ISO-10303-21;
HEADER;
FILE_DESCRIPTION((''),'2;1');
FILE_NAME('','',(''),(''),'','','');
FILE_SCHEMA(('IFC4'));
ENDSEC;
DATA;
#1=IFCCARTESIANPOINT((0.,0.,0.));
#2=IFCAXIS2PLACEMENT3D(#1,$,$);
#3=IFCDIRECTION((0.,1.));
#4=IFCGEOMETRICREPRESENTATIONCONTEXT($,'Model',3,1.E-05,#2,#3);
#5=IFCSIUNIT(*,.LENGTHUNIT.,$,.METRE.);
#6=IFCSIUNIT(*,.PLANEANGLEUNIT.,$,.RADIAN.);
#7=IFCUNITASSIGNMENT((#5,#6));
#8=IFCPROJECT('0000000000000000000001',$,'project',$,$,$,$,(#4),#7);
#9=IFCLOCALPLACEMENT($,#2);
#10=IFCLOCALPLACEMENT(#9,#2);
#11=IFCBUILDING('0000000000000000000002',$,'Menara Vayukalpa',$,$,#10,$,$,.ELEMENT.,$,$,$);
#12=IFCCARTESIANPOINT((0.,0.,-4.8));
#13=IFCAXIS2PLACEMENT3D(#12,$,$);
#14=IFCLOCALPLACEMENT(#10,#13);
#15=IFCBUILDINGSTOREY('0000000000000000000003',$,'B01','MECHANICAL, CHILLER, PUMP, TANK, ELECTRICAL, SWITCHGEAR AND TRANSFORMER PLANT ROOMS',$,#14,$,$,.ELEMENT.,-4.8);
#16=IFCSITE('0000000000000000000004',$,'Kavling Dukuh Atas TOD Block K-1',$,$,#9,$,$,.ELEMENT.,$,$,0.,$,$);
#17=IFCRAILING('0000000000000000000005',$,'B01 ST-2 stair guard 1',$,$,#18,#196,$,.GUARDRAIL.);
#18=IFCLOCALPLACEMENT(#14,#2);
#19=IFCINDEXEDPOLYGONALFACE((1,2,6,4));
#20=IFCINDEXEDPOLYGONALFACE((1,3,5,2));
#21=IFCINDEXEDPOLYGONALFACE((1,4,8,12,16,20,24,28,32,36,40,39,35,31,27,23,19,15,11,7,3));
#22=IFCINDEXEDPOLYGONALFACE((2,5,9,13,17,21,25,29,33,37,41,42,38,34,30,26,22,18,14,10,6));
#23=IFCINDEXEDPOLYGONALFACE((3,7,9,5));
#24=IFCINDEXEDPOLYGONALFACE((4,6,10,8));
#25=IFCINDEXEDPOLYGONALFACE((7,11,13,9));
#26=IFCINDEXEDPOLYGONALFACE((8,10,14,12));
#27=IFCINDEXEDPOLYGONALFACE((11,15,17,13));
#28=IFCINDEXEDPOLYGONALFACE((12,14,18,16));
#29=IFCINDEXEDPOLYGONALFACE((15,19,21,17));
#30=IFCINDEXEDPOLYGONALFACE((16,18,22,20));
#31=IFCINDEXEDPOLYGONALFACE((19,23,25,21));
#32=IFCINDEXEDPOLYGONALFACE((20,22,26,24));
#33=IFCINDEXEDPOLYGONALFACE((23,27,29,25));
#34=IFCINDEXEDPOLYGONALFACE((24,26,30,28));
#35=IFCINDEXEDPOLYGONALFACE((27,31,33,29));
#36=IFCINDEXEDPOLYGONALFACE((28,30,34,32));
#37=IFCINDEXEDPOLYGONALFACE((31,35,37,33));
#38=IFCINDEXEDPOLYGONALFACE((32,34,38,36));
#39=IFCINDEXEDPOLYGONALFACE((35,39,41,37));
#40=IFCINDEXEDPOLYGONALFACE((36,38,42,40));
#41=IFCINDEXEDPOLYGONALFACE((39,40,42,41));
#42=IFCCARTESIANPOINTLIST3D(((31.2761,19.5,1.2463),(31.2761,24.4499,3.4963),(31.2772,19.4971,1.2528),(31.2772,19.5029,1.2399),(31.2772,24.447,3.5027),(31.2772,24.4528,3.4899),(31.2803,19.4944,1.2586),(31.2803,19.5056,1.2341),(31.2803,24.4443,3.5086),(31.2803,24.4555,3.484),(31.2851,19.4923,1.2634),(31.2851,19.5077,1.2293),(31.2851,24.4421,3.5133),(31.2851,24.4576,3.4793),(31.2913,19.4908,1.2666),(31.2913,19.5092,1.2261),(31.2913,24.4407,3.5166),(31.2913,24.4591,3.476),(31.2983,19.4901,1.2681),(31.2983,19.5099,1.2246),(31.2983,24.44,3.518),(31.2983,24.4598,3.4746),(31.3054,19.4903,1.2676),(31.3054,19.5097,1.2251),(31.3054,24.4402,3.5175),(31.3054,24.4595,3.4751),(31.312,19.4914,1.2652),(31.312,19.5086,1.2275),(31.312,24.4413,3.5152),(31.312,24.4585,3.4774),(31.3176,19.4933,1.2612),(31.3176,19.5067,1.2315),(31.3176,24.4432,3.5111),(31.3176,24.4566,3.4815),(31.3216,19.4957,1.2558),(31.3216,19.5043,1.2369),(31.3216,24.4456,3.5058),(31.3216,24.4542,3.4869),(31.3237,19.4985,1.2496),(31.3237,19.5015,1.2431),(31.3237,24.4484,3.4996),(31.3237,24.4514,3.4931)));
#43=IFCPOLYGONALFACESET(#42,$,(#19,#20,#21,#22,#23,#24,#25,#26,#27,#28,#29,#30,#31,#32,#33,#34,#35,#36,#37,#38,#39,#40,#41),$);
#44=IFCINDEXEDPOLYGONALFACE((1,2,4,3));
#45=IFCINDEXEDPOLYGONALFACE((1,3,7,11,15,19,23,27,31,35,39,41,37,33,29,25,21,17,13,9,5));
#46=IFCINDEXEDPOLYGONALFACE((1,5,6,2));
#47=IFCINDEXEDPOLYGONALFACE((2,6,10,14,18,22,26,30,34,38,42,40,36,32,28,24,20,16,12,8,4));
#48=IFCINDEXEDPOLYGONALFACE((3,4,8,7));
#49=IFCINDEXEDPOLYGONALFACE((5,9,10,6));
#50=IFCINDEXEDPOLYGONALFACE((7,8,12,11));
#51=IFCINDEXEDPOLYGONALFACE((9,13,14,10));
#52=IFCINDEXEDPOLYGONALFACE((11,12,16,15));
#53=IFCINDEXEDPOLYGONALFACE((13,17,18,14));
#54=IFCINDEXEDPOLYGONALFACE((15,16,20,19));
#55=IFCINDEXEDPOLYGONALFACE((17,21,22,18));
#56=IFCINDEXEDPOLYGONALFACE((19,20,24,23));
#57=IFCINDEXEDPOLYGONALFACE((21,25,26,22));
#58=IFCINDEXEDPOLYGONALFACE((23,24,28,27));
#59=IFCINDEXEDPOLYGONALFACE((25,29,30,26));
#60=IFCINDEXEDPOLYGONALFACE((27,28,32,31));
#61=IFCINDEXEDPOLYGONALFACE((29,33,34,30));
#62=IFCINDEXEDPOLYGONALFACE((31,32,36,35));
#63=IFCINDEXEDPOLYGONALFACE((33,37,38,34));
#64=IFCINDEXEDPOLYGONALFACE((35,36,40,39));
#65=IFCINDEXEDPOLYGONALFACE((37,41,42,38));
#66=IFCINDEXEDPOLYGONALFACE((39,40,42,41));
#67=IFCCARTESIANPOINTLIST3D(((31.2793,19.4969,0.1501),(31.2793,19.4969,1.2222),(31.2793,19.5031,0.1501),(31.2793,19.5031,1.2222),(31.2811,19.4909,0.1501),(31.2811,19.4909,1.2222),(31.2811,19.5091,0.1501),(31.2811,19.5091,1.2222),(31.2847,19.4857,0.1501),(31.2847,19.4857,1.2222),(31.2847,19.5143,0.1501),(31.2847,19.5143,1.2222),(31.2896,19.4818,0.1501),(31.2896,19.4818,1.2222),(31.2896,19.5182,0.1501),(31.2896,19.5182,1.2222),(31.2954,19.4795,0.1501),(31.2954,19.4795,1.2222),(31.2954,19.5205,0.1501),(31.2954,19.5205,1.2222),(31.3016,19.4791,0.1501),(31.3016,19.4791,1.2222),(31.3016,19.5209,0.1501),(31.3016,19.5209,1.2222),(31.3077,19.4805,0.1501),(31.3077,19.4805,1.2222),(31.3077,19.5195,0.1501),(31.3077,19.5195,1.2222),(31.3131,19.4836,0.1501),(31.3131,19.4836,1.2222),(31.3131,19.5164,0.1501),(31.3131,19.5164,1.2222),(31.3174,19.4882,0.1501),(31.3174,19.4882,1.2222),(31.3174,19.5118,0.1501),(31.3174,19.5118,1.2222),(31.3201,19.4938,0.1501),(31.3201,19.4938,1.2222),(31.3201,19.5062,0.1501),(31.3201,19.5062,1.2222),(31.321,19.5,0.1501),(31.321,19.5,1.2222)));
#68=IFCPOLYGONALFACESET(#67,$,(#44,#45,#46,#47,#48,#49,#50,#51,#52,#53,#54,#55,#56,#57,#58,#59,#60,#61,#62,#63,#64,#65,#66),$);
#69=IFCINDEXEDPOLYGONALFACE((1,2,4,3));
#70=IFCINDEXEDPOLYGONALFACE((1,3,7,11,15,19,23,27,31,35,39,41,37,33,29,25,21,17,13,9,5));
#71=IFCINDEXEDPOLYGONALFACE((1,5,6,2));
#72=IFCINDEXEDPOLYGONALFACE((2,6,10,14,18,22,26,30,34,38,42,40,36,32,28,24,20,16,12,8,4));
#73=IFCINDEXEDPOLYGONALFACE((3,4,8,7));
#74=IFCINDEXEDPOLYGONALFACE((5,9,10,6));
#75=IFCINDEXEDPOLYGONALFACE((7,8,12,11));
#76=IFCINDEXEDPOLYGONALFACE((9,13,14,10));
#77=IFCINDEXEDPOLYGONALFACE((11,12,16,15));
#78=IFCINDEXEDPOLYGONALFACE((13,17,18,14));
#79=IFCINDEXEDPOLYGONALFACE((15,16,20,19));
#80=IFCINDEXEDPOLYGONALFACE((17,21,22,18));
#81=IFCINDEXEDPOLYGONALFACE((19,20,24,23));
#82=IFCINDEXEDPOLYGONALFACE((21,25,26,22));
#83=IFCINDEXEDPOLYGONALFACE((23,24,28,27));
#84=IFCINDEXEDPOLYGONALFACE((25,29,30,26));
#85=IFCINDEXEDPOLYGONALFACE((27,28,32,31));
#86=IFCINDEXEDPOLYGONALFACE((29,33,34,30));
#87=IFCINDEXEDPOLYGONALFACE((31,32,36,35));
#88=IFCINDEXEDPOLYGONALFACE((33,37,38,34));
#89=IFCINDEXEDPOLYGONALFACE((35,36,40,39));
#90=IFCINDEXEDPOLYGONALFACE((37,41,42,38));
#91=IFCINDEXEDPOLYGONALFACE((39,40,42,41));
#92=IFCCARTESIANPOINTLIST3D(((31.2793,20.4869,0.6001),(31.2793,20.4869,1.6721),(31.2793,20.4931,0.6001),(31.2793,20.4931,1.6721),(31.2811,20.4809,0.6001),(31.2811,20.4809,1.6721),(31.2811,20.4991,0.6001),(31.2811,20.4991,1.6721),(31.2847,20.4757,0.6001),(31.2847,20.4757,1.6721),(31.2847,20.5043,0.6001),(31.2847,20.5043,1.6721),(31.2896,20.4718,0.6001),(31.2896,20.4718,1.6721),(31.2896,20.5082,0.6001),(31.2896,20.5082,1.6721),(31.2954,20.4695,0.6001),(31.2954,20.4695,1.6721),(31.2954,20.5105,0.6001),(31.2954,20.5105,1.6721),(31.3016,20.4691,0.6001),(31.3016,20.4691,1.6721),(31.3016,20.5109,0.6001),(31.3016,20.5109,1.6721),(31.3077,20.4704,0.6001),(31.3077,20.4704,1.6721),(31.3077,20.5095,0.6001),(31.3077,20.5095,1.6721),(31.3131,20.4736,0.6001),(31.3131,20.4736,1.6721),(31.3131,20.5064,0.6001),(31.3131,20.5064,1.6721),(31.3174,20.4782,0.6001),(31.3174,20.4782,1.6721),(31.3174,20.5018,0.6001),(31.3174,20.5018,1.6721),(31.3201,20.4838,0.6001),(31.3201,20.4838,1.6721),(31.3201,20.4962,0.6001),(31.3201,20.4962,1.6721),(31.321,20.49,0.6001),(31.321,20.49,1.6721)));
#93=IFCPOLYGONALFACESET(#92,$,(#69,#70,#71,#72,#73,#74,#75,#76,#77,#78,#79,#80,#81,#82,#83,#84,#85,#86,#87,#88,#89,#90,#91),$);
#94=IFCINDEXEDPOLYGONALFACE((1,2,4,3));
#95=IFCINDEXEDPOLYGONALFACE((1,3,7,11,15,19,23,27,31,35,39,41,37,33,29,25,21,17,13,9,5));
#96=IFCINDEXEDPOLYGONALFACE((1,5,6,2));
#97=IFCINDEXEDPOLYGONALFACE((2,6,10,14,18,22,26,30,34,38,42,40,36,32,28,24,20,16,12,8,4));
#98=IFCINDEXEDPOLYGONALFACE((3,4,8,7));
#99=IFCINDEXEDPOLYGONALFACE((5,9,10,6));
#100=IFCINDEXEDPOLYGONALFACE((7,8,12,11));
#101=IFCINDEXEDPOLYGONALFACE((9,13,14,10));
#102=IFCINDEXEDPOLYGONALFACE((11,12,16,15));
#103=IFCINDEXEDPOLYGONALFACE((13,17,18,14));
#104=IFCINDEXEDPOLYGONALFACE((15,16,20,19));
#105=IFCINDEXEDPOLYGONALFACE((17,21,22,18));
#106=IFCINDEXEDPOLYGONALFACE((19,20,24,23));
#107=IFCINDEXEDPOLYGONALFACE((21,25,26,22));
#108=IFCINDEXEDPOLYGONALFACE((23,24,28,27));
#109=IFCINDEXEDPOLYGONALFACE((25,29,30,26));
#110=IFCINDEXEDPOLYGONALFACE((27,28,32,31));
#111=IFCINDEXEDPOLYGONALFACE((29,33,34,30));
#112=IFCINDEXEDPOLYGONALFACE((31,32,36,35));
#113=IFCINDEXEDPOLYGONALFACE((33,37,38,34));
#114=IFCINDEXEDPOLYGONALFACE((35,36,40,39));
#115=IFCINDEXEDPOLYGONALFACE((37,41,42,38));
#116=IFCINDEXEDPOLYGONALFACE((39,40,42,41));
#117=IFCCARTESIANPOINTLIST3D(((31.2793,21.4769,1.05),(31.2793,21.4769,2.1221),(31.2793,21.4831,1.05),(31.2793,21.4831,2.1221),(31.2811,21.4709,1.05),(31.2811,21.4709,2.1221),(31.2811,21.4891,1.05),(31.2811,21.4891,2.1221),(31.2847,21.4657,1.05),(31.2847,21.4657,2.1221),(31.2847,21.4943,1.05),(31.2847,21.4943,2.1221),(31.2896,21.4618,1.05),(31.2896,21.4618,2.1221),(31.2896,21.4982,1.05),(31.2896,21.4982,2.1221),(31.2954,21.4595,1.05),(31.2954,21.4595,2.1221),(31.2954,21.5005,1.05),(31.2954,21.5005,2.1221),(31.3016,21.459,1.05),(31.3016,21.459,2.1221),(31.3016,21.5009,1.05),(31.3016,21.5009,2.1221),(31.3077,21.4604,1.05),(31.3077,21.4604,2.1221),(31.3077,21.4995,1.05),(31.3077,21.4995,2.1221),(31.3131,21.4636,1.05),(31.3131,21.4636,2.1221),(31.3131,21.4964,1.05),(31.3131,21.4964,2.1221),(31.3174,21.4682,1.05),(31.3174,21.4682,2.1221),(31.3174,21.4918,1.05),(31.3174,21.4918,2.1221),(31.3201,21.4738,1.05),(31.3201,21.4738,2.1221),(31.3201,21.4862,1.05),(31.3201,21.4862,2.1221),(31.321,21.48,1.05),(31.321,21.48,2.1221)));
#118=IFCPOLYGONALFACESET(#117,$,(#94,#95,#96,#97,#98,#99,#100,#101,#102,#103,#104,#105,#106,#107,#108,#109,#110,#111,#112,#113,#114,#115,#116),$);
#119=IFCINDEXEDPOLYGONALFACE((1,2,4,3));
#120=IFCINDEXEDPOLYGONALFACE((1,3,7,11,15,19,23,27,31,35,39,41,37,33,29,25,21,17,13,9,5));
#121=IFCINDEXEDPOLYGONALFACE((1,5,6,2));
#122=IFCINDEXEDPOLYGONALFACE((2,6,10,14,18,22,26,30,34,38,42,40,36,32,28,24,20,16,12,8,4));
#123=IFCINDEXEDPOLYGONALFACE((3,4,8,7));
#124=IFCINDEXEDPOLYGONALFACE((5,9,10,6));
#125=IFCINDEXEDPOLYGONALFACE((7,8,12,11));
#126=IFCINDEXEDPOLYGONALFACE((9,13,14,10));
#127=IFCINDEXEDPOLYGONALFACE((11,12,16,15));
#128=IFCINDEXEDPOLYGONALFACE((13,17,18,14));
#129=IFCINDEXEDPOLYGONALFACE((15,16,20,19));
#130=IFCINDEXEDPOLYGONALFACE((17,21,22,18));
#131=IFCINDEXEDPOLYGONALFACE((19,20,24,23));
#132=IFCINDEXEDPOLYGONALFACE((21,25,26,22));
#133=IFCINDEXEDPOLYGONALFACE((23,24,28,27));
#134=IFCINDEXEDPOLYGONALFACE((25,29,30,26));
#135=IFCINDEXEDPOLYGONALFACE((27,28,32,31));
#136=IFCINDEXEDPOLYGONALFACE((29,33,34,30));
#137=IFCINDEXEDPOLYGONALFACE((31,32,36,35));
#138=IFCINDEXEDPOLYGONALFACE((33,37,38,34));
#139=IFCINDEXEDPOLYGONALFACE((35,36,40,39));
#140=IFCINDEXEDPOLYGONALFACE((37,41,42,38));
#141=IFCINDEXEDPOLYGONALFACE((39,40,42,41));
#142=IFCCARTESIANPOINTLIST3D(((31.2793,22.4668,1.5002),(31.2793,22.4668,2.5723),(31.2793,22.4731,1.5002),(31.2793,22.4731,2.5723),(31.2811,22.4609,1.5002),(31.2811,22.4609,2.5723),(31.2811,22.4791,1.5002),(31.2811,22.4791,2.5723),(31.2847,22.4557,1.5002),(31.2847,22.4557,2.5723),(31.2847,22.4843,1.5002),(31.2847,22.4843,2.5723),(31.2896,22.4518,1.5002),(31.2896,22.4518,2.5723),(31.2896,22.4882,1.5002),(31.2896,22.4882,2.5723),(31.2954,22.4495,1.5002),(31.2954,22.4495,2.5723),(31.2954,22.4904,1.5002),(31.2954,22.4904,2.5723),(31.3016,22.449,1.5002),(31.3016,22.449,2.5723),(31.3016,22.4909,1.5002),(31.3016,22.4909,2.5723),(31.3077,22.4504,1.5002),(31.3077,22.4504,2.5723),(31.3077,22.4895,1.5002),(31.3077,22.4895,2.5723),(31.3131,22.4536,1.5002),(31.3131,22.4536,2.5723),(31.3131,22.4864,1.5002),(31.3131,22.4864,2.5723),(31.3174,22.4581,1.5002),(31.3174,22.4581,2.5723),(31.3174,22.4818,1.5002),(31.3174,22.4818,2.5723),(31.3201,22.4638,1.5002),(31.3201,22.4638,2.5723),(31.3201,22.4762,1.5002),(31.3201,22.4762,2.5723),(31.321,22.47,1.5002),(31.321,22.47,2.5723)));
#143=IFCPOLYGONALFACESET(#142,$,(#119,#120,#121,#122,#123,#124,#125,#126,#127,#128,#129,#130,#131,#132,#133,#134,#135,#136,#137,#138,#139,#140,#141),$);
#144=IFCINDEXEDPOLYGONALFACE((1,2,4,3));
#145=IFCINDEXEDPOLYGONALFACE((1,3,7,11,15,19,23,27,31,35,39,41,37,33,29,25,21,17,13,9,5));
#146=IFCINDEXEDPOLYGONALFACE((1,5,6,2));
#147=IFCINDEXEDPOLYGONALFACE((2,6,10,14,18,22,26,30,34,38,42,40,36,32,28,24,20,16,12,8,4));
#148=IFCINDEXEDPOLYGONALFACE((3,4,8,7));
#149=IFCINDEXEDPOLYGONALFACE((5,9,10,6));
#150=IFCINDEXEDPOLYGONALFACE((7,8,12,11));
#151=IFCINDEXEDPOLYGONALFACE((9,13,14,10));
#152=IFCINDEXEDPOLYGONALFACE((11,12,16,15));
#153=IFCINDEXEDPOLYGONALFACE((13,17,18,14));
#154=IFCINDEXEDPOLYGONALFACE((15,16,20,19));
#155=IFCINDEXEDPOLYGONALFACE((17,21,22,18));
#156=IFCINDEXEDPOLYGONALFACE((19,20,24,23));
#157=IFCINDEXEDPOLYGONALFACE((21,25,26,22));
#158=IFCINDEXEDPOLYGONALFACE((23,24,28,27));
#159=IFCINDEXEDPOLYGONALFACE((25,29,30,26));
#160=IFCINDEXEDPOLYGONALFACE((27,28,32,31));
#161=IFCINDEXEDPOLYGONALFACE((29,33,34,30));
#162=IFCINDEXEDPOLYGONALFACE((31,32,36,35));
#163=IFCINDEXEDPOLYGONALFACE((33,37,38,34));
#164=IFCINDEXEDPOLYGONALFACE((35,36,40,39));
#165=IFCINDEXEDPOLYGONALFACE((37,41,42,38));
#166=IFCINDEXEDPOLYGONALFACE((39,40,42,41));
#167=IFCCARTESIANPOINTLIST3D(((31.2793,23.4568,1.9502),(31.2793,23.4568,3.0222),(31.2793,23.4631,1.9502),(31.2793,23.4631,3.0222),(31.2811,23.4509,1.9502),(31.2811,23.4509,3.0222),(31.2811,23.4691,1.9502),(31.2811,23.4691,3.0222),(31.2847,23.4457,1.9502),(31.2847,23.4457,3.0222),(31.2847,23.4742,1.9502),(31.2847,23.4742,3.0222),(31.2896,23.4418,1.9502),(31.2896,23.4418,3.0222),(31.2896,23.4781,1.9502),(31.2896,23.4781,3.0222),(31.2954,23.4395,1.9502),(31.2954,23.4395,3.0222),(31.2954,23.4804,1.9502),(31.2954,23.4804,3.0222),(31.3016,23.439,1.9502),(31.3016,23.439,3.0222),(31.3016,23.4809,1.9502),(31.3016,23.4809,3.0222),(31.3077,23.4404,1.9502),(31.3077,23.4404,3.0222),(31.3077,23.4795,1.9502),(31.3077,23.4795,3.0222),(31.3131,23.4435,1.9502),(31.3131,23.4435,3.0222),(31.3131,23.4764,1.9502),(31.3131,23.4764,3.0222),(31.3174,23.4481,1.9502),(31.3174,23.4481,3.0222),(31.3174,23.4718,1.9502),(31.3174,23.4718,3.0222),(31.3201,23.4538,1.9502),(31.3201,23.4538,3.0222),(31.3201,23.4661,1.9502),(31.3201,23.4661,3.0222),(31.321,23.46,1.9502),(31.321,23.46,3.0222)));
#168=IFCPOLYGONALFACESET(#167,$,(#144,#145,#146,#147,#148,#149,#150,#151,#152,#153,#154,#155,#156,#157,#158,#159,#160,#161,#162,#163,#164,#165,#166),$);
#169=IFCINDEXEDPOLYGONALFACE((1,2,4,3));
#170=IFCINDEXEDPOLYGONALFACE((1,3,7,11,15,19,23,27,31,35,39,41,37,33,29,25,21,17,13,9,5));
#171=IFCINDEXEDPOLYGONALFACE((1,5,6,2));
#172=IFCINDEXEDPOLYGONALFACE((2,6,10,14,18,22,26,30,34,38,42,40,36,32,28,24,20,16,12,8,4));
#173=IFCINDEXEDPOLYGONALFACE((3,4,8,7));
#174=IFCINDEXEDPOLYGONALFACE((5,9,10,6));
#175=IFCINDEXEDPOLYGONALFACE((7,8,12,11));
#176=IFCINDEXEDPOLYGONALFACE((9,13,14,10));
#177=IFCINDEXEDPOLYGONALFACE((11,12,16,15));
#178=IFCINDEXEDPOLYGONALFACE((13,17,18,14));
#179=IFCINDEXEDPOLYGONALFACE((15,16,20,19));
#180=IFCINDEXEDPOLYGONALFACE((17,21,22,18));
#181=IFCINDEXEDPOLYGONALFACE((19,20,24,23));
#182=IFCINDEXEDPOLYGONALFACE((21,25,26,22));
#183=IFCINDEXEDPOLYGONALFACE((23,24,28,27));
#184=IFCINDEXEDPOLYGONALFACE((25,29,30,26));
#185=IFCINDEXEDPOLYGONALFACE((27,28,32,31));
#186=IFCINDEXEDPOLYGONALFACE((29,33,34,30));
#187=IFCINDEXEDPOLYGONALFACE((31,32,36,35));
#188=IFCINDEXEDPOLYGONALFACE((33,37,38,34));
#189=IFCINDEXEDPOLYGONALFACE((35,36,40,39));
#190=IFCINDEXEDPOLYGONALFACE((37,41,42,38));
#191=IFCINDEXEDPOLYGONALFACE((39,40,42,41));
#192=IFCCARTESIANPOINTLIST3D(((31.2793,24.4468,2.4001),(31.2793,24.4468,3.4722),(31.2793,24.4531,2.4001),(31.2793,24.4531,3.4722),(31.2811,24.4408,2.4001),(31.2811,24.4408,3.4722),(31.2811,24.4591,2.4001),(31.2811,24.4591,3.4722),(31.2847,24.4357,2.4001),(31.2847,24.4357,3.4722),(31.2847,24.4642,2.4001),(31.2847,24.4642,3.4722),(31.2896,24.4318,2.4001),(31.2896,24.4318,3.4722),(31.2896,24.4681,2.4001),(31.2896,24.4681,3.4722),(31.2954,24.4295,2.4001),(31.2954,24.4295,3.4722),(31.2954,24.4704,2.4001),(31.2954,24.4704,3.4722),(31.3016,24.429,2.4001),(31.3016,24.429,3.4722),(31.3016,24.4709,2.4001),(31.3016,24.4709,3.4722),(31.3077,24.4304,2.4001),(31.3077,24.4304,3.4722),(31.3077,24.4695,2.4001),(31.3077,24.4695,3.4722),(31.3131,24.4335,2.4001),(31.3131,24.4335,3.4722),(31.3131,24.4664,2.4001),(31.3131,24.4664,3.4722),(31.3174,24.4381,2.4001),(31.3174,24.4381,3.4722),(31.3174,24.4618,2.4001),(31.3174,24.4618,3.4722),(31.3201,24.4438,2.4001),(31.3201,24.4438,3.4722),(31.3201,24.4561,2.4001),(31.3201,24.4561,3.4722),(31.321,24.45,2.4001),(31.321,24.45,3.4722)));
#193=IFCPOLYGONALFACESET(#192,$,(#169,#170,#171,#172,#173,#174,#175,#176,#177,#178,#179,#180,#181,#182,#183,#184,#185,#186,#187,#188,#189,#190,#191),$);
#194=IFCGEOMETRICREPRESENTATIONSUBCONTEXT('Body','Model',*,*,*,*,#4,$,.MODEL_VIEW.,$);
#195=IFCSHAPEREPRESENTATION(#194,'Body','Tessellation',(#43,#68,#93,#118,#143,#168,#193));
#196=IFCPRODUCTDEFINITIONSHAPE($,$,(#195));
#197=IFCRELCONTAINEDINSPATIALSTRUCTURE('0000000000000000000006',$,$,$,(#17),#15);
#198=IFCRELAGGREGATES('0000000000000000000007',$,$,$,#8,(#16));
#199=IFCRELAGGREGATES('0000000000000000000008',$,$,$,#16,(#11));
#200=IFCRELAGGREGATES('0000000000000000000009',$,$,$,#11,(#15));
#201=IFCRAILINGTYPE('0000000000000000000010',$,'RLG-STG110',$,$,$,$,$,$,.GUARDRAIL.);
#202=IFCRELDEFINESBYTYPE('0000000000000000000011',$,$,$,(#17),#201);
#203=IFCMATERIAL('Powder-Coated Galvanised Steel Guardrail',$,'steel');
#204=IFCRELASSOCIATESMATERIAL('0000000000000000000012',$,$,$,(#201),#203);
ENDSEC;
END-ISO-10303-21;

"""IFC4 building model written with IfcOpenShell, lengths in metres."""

from ifc_helpers import new_model, si_unit, direction, frame, origin, origin_2d, place, context, subcontext, project, spatial, circle, extrude, material, type_object, element, save


model = new_model("IFC4")

# Units and contexts
model_context = context("Model", 3, precision=1e-05, world=origin(), true_north=direction((0.0, 1.0)))
body_context = subcontext(model_context, "Body", "Model", "MODEL_VIEW")
ifc_project = project(units=[si_unit("LENGTHUNIT", "METRE"), si_unit("PLANEANGLEUNIT", "RADIAN")], contexts=[model_context])

# Site, building, storey
site_placement = place(None, origin())
site = spatial("IfcSite", under=ifc_project, at=site_placement, Name="Kavling Dukuh Atas TOD Block K-1", CompositionType="ELEMENT", RefElevation=0.0)
building_placement = place(site_placement, origin())
building = spatial("IfcBuilding", under=site, at=building_placement, Name="Menara Vayukalpa", CompositionType="ELEMENT")
storey_placement = place(building_placement, frame((0.0, 0.0, -4.8)))
storey = spatial("IfcBuildingStorey", under=building, at=storey_placement, Name="B01", Description="MECHANICAL, CHILLER, PUMP, TANK, ELECTRICAL, SWITCHGEAR AND TRANSFORMER PLANT ROOMS", CompositionType="ELEMENT", Elevation=-4.8)

# Railing
ifc_material_1 = material(Name="Powder-Coated Galvanised Steel Guardrail", Category="steel")
railing_type = type_object("IfcRailingType", Name="RLG-STG110", PredefinedType="GUARDRAIL", material=ifc_material_1)
railing_placement = place(storey_placement, frame((31.3, 19.5, 0.1501)))
element("IfcRailing", 1, at=railing_placement, inside=storey, type_object=railing_type, Name="B01 ST-2 stair guard 1", PredefinedType="GUARDRAIL", context=body_context, shape_type="SweptSolid", body=[
    extrude(circle(Radius=0.0239, at=origin_2d()), frame((0.0, 0.0, 1.0962), z_axis=(0.0, 0.910365, 0.413806), x_axis=(-1.0, 0.0, 0.0)), (0.0, 0.0, 1.0), 5.4373),
    extrude(circle(Radius=0.021, at=origin_2d()), origin(), (0.0, 0.0, 1.0), 1.072),
    extrude(circle(Radius=0.021, at=origin_2d()), frame((0.0, 0.99, 0.45)), (0.0, 0.0, 1.0), 1.072),
    extrude(circle(Radius=0.021, at=origin_2d()), frame((0.0, 1.98, 0.8999)), (0.0, 0.0, 1.0), 1.072),
    extrude(circle(Radius=0.021, at=origin_2d()), frame((0.0, 2.97, 1.3501)), (0.0, 0.0, 1.0), 1.072),
    extrude(circle(Radius=0.021, at=origin_2d()), frame((0.0, 3.96, 1.8)), (0.0, 0.0, 1.0), 1.072),
    extrude(circle(Radius=0.021, at=origin_2d()), frame((0.0, 4.95, 2.25)), (0.0, 0.0, 1.0), 1.072),
])

save(model, "model.ifc")
